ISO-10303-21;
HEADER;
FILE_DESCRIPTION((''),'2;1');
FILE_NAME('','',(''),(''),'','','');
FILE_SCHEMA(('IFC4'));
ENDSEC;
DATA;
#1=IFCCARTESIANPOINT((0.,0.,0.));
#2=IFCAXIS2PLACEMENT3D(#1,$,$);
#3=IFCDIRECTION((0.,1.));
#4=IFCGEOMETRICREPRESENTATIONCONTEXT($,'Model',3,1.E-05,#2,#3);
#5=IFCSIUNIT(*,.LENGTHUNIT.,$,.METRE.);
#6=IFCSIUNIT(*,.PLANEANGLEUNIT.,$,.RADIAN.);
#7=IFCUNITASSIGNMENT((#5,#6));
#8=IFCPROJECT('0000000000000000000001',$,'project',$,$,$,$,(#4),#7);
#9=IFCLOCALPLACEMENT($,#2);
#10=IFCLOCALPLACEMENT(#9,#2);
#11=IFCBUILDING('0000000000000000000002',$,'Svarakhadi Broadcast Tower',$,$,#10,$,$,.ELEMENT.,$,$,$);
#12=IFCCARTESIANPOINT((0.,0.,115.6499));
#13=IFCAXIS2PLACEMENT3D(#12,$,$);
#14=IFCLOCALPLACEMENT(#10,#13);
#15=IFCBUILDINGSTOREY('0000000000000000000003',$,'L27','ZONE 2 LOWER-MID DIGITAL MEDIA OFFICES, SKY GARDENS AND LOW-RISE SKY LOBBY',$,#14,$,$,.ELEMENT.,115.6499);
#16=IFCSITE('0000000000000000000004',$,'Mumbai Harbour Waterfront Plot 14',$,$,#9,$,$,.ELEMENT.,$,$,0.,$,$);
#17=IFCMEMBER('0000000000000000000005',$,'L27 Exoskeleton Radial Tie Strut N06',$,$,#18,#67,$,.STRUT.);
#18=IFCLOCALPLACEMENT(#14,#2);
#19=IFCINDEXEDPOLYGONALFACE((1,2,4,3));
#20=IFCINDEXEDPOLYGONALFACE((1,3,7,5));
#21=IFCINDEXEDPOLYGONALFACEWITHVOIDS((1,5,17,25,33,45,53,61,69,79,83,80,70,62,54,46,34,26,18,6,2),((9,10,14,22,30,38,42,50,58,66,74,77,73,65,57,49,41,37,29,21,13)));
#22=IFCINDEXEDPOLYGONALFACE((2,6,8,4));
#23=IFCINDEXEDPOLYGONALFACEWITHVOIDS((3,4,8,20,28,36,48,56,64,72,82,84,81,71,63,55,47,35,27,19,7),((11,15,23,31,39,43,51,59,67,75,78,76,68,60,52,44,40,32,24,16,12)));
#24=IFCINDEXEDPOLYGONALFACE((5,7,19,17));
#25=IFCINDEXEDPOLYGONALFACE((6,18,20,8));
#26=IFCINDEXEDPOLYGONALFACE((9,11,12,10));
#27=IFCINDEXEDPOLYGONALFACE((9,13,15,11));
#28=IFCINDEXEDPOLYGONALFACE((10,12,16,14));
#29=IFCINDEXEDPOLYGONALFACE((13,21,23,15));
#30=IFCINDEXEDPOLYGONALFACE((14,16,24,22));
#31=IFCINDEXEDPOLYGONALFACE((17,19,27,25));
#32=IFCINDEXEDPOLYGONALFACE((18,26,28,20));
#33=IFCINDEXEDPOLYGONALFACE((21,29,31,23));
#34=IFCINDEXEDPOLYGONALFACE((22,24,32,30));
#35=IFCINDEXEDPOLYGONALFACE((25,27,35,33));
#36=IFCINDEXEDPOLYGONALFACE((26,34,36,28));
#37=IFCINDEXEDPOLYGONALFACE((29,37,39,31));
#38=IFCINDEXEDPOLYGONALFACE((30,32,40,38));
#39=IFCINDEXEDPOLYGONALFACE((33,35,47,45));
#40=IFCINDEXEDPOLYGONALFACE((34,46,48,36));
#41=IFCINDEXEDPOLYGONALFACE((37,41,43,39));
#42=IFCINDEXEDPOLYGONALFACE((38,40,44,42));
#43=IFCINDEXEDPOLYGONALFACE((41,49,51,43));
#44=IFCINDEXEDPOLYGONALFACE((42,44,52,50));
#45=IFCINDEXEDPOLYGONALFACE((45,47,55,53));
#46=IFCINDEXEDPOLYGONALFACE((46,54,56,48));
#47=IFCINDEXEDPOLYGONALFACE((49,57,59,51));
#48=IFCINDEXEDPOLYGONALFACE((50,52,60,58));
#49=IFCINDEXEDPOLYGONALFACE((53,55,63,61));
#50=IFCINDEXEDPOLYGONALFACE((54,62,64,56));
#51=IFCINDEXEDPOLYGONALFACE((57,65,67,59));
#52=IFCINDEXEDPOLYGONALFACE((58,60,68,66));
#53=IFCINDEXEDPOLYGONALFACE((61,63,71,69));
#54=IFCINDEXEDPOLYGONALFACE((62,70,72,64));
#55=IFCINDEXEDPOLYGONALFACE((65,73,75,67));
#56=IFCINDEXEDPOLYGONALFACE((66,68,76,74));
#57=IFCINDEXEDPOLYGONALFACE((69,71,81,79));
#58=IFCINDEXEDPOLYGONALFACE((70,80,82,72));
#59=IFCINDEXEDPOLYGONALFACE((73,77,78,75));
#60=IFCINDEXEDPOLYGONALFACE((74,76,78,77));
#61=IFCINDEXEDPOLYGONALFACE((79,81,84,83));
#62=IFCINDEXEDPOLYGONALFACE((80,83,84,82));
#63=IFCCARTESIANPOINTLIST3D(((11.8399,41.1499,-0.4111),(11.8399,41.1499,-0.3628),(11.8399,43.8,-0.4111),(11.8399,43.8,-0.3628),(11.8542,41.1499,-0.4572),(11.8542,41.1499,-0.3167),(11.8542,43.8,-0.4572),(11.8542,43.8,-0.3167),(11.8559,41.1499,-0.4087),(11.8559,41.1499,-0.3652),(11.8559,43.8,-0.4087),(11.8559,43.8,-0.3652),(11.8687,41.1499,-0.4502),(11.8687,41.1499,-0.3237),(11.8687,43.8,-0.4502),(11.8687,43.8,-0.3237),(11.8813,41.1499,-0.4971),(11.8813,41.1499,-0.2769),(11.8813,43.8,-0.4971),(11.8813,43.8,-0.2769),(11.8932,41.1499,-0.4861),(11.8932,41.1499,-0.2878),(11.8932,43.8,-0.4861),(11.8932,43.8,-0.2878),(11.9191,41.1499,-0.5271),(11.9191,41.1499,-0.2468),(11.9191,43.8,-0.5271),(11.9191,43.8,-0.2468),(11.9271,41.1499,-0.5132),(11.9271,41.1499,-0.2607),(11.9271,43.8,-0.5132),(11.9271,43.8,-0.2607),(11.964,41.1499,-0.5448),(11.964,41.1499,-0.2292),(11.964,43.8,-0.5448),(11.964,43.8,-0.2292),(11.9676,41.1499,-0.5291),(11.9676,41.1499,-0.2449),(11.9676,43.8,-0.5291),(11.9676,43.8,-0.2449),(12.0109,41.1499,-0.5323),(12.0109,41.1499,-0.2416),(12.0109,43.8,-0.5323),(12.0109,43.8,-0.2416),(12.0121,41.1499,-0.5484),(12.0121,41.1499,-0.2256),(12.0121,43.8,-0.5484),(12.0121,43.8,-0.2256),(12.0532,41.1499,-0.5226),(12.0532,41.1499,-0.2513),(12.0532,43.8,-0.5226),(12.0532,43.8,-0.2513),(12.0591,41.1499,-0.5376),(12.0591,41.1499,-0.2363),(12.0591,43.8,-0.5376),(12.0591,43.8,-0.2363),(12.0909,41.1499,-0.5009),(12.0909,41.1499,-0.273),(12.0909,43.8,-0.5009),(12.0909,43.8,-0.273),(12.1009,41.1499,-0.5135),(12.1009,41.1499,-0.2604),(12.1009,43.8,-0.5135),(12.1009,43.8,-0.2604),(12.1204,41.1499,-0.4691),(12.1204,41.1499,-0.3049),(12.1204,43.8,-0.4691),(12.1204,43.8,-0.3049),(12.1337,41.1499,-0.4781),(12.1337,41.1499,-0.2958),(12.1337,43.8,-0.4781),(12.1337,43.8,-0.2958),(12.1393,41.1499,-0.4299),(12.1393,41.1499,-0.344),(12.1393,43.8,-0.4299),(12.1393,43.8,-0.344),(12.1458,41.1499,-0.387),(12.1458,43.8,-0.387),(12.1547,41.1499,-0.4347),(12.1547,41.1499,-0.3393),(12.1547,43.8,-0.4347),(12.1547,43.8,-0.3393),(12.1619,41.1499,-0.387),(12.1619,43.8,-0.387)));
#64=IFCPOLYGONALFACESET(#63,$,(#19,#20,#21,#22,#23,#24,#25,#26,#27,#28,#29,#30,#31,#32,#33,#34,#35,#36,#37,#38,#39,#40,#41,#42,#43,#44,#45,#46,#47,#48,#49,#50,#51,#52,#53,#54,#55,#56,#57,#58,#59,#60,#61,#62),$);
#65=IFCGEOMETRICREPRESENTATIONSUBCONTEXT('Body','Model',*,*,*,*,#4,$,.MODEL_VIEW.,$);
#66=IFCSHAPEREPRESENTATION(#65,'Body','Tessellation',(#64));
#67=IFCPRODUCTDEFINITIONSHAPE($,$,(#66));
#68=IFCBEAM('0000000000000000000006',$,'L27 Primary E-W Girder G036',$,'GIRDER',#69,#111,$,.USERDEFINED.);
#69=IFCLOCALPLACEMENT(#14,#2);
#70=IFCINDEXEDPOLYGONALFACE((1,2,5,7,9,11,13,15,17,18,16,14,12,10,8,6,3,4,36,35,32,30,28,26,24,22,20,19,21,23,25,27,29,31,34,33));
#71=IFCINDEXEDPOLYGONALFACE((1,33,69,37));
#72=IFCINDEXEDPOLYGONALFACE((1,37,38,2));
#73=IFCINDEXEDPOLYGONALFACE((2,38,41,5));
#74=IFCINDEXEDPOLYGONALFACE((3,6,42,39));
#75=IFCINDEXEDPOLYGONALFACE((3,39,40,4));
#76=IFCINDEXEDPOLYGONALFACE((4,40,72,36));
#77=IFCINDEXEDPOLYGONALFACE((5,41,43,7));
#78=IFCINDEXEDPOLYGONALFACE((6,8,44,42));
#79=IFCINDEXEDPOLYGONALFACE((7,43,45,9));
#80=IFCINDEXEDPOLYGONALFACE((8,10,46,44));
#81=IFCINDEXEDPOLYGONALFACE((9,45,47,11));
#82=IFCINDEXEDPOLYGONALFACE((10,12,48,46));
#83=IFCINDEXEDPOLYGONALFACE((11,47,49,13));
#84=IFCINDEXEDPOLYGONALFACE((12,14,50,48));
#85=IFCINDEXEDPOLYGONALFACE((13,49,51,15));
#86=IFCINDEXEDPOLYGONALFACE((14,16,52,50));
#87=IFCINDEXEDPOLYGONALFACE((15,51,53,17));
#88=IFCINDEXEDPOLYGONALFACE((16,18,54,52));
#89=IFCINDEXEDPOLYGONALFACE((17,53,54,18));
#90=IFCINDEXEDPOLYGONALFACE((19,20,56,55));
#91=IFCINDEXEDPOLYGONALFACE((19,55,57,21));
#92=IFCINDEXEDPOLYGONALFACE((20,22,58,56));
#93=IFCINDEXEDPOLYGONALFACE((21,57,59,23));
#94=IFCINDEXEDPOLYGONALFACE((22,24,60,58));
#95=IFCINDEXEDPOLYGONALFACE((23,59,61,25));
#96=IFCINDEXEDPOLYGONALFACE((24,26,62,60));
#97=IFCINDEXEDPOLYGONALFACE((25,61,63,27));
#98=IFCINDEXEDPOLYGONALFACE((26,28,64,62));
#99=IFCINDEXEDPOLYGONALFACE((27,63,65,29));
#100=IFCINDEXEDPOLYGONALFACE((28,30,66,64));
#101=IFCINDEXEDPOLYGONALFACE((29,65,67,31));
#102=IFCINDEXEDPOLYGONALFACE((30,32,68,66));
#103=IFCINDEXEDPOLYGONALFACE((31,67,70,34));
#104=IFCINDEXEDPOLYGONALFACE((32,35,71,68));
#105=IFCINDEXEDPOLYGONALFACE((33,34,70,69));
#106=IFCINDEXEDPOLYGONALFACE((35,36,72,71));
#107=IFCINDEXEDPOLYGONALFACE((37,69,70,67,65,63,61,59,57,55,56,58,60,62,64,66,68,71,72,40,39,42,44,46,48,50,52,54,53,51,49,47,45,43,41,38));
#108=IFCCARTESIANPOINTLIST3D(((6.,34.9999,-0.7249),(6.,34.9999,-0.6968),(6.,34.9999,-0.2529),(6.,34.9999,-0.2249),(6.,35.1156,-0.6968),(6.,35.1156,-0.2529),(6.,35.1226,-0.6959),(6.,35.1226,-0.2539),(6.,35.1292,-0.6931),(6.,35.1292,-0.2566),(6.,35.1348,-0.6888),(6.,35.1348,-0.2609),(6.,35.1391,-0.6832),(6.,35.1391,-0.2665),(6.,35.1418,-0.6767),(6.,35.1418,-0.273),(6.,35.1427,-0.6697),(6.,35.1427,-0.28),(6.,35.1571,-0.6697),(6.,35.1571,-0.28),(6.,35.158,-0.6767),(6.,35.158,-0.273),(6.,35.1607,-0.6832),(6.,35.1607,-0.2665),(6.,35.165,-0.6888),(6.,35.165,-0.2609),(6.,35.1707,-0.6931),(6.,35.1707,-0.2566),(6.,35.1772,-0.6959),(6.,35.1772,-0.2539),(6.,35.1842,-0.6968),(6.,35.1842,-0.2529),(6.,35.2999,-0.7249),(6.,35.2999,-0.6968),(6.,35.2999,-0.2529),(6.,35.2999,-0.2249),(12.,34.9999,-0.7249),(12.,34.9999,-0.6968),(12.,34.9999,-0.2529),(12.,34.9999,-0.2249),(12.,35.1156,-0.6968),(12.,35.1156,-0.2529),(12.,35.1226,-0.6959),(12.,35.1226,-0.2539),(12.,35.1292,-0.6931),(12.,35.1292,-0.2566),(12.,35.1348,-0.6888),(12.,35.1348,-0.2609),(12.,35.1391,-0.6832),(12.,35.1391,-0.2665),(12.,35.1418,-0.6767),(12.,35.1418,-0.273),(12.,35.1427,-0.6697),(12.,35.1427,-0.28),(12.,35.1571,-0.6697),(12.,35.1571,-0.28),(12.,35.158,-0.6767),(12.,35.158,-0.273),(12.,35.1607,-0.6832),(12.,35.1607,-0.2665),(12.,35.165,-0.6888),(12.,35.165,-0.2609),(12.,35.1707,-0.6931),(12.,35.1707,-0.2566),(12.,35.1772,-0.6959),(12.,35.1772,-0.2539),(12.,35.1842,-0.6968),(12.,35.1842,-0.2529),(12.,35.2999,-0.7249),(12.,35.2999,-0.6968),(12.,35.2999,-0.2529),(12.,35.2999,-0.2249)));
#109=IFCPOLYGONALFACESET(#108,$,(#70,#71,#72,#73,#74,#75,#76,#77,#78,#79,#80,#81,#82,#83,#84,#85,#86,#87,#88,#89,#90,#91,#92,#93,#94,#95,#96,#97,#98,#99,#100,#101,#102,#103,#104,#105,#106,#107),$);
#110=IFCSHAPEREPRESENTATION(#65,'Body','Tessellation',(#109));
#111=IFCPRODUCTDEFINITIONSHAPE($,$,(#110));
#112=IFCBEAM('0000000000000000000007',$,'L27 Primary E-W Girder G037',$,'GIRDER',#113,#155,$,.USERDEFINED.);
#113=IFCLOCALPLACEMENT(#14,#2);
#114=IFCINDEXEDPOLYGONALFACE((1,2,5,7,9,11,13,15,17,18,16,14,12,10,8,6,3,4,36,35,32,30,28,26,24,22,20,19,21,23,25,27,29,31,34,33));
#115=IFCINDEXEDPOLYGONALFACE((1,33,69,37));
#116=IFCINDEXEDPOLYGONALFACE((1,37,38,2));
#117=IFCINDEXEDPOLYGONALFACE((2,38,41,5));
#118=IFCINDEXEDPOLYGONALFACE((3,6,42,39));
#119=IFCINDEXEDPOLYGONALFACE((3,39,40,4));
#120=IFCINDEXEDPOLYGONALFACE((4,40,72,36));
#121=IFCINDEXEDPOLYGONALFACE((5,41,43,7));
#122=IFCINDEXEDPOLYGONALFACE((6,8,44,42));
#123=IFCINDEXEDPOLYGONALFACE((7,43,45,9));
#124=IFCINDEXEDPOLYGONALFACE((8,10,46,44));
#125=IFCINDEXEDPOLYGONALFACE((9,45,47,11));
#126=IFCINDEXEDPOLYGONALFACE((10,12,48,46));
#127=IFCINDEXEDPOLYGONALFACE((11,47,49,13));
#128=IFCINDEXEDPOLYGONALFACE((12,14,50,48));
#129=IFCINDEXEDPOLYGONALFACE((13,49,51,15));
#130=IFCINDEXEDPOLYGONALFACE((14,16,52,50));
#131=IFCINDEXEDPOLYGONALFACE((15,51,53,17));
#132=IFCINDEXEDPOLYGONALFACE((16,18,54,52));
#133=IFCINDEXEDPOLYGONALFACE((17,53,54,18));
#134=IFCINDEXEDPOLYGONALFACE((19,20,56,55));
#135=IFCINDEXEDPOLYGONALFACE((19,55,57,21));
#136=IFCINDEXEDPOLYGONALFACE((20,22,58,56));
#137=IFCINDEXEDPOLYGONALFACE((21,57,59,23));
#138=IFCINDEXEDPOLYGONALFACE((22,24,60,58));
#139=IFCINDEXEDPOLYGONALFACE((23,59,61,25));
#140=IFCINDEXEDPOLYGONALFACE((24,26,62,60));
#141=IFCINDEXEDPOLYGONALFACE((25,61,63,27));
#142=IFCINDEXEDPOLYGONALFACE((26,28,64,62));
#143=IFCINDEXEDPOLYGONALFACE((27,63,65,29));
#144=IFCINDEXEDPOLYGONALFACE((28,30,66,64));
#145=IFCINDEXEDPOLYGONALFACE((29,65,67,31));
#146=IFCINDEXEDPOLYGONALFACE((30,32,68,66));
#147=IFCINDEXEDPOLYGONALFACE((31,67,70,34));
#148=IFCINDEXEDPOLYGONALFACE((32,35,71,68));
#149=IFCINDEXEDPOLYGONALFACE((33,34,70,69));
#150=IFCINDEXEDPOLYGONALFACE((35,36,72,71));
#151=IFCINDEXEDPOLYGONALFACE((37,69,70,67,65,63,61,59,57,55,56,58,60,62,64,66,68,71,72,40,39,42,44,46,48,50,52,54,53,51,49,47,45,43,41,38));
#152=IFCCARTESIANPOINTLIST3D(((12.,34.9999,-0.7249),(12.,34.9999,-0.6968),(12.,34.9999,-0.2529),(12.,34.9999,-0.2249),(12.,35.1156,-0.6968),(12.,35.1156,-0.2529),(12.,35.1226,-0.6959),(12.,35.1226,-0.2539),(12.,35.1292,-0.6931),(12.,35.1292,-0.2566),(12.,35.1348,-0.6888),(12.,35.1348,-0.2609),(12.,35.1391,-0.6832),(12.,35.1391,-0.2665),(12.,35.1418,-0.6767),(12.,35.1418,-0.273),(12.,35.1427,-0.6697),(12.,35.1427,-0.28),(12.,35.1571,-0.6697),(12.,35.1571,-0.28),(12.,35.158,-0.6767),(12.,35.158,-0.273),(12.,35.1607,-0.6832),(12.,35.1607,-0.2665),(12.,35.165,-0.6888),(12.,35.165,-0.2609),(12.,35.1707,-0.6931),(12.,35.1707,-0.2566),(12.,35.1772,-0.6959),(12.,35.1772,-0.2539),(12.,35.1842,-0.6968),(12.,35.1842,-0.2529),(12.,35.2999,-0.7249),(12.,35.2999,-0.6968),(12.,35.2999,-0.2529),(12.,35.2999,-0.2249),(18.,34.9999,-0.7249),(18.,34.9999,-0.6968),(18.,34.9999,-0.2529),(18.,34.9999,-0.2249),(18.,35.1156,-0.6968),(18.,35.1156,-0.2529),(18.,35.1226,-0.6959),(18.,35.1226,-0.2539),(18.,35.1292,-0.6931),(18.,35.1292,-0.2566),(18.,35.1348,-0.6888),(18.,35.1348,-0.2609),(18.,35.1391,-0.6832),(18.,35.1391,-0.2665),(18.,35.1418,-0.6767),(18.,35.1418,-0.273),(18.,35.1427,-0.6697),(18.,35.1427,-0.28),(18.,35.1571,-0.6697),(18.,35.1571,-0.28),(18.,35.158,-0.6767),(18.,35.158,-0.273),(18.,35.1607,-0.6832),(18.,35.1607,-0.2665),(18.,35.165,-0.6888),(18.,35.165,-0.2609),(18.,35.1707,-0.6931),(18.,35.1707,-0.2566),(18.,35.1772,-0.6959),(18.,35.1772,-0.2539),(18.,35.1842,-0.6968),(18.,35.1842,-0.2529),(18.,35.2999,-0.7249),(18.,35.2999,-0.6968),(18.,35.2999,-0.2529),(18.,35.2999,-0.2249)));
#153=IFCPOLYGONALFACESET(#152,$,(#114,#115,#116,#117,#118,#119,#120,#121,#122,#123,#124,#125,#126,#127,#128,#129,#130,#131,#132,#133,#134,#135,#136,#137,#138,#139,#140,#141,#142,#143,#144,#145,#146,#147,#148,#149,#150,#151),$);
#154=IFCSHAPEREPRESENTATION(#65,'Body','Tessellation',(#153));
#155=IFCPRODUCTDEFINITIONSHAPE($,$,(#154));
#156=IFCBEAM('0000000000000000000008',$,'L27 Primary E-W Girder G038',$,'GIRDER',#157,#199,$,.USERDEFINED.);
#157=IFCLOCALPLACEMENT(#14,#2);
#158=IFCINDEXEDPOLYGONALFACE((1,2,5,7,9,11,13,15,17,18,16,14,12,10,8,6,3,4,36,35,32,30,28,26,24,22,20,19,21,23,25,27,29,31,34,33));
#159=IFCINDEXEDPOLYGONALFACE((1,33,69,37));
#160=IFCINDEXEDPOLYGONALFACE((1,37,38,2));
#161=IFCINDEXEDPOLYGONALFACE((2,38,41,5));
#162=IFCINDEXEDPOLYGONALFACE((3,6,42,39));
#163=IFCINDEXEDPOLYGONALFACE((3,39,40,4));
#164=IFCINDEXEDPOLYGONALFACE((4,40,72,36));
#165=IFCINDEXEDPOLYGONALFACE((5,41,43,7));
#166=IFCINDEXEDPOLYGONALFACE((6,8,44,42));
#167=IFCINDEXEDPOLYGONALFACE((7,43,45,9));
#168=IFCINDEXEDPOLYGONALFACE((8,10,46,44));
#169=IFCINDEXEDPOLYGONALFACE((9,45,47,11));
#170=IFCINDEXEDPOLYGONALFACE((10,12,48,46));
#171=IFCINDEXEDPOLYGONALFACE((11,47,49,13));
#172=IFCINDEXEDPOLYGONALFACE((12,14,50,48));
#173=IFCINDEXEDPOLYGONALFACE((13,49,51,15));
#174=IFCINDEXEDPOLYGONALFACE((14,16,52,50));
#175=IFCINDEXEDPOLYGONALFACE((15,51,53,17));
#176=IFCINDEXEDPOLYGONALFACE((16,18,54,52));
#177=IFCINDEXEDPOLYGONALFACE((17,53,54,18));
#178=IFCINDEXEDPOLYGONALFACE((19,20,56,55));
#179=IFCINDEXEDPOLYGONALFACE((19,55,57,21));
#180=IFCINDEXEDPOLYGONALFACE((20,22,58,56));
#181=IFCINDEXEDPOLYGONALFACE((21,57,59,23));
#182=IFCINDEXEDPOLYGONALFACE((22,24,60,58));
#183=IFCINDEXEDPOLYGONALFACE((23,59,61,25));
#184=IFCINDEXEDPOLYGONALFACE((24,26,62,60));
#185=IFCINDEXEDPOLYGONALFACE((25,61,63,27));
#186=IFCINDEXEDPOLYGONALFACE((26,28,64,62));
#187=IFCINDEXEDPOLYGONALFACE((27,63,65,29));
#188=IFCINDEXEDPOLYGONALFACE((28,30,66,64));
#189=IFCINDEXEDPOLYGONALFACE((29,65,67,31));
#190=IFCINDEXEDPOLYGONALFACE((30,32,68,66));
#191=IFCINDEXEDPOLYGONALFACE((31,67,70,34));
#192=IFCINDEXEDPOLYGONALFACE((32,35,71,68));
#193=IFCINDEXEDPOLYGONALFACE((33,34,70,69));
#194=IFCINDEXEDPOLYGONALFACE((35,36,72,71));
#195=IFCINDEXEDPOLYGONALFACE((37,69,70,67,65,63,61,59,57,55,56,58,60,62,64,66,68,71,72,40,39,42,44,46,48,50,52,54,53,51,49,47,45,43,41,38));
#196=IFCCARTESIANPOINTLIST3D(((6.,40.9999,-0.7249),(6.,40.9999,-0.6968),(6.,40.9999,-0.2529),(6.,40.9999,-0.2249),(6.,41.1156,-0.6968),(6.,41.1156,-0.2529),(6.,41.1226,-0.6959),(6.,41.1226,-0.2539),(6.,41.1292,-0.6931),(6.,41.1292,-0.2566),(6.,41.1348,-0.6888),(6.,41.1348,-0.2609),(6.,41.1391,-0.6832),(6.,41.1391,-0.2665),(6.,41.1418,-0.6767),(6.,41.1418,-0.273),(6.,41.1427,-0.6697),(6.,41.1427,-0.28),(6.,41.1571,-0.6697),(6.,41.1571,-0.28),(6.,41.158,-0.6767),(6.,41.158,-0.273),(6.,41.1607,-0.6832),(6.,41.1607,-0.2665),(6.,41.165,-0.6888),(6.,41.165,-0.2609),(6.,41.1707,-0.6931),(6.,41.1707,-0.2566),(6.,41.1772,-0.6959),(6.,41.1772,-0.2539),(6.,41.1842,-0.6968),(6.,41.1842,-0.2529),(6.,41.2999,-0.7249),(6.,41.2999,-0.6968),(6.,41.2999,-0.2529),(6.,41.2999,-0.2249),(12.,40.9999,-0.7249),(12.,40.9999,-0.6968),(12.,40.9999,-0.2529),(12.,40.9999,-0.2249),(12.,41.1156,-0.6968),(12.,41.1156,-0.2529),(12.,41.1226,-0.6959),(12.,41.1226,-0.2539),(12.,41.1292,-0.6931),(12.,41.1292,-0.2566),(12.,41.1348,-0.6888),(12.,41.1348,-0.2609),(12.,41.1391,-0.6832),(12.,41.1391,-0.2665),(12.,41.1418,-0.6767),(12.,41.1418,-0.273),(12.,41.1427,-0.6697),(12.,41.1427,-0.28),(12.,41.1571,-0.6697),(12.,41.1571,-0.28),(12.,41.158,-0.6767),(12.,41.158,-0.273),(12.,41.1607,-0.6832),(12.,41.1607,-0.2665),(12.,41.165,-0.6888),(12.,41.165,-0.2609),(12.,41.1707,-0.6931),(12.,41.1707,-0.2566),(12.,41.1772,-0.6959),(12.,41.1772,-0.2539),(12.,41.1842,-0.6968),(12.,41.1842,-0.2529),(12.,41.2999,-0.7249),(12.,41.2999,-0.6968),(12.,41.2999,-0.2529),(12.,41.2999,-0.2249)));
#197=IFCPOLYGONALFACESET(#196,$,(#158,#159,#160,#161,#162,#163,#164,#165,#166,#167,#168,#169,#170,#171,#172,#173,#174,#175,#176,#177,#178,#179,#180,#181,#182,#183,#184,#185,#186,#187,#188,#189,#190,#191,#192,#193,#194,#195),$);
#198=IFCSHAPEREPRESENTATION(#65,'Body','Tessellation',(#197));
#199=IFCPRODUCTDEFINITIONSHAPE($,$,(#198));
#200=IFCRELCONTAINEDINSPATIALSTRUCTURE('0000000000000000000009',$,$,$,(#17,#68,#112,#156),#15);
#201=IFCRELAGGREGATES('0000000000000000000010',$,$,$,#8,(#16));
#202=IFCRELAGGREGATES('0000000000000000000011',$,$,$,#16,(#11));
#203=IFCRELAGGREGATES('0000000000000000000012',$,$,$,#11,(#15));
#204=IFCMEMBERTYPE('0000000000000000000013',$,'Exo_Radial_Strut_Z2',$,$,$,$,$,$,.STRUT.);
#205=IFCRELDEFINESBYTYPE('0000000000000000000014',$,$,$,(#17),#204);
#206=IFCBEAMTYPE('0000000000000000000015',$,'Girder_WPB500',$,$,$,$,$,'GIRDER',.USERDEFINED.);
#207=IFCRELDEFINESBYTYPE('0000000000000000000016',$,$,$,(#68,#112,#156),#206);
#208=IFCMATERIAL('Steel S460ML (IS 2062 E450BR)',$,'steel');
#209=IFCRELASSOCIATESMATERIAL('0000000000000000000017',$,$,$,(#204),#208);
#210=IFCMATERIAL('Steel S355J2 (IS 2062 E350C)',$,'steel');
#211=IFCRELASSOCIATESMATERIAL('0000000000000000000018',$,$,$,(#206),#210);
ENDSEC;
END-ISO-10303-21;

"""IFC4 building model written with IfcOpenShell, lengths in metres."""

from ifc_helpers import new_model, si_unit, direction, frame, origin, origin_2d, place, context, subcontext, project, spatial, hollow_circle, i_section, extrude, material, material_profile, profile_set, type_object, element, save


model = new_model("IFC4")

# Units and contexts
model_context = context("Model", 3, precision=1e-05, world=origin(), true_north=direction((0.0, 1.0)))
body_context = subcontext(model_context, "Body", "Model", "MODEL_VIEW")
ifc_project = project(units=[si_unit("LENGTHUNIT", "METRE"), si_unit("PLANEANGLEUNIT", "RADIAN")], contexts=[model_context])

# Site, building, storey
site_placement = place(None, origin())
site = spatial("IfcSite", under=ifc_project, at=site_placement, Name="Mumbai Harbour Waterfront Plot 14", CompositionType="ELEMENT", RefElevation=0.0)
building_placement = place(site_placement, origin())
building = spatial("IfcBuilding", under=site, at=building_placement, Name="Svarakhadi Broadcast Tower", CompositionType="ELEMENT")
storey_placement = place(building_placement, frame((0.0, 0.0, 115.6499)))
storey = spatial("IfcBuildingStorey", under=building, at=storey_placement, Name="L27", Description="ZONE 2 LOWER-MID DIGITAL MEDIA OFFICES, SKY GARDENS AND LOW-RISE SKY LOBBY", CompositionType="ELEMENT", Elevation=115.6499)

# Shared definitions
ifc_material_1 = material(Name="Steel S460ML (IS 2062 E450BR)", Category="steel")

# Shared definitions
ifc_material_2 = material(Name="Steel S355J2 (IS 2062 E350C)", Category="steel")

# Member
ifc_material_profile_1 = material_profile(ifc_material_1, hollow_circle(Radius=0.1619, WallThickness=0.0161, at=origin_2d()), Name="CHS 323.9x16")
ifc_profile_set_1 = profile_set([ifc_material_profile_1], Name="Steel S460ML (IS 2062 E450BR)")
member_type_1 = type_object("IfcMemberType", Name="Exo_Radial_Strut_Z2", PredefinedType="STRUT", material=ifc_profile_set_1)
member_1_placement = place(storey_placement, frame((12.0, 43.8, -0.387), z_axis=(0.0, -1.0, 0.0), x_axis=(1.0, 0.0, 0.0)))
element("IfcMember", 1, at=member_1_placement, inside=storey, type_object=member_type_1, Name="L27 Exoskeleton Radial Tie Strut N06", PredefinedType="STRUT", context=body_context, shape_type="SweptSolid", body=[
    extrude(hollow_circle(Radius=0.1619, WallThickness=0.0161, at=origin_2d()), origin(), (0.0, 0.0, 1.0), 2.6501),
])

# Beams
ifc_material_profile_2 = material_profile(ifc_material_2, i_section(OverallWidth=0.3, OverallDepth=0.5, WebThickness=0.0144, FlangeThickness=0.0281, FilletRadius=0.0271, at=origin_2d()), Name="WPB 500x300x187")
ifc_profile_set_2 = profile_set([ifc_material_profile_2], Name="Steel S355J2 (IS 2062 E350C)")
beam_type_1 = type_object("IfcBeamType", Name="Girder_WPB500", ElementType="GIRDER", PredefinedType="USERDEFINED", material=ifc_profile_set_2)
for number, where, z_axis, x_axis, name in (
    (2, (6.0, 35.1499, -0.4749), (1.0, 0.0, 0.0), (0.0, 1.0, 0.0), "L27 Primary E-W Girder G036"),
    (3, (12.0, 35.1499, -0.4749), (1.0, 0.0, 0.0), (0.0, 1.0, 0.0), "L27 Primary E-W Girder G037"),
    (4, (6.0, 41.1499, -0.4749), (1.0, 0.0, 0.0), (0.0, 1.0, 0.0), "L27 Primary E-W Girder G038"),
):
    element("IfcBeam", number, at=place(storey_placement, frame(where, z_axis=z_axis, x_axis=x_axis)), inside=storey, type_object=beam_type_1, Name=name, ObjectType="GIRDER", PredefinedType="USERDEFINED", context=body_context, shape_type="SweptSolid", body=[
        extrude(i_section(OverallWidth=0.3, OverallDepth=0.5, WebThickness=0.0144, FlangeThickness=0.0281, FilletRadius=0.0271, at=origin_2d()), origin(), (0.0, 0.0, 1.0), 6.0),
    ])

save(model, "model.ifc")
